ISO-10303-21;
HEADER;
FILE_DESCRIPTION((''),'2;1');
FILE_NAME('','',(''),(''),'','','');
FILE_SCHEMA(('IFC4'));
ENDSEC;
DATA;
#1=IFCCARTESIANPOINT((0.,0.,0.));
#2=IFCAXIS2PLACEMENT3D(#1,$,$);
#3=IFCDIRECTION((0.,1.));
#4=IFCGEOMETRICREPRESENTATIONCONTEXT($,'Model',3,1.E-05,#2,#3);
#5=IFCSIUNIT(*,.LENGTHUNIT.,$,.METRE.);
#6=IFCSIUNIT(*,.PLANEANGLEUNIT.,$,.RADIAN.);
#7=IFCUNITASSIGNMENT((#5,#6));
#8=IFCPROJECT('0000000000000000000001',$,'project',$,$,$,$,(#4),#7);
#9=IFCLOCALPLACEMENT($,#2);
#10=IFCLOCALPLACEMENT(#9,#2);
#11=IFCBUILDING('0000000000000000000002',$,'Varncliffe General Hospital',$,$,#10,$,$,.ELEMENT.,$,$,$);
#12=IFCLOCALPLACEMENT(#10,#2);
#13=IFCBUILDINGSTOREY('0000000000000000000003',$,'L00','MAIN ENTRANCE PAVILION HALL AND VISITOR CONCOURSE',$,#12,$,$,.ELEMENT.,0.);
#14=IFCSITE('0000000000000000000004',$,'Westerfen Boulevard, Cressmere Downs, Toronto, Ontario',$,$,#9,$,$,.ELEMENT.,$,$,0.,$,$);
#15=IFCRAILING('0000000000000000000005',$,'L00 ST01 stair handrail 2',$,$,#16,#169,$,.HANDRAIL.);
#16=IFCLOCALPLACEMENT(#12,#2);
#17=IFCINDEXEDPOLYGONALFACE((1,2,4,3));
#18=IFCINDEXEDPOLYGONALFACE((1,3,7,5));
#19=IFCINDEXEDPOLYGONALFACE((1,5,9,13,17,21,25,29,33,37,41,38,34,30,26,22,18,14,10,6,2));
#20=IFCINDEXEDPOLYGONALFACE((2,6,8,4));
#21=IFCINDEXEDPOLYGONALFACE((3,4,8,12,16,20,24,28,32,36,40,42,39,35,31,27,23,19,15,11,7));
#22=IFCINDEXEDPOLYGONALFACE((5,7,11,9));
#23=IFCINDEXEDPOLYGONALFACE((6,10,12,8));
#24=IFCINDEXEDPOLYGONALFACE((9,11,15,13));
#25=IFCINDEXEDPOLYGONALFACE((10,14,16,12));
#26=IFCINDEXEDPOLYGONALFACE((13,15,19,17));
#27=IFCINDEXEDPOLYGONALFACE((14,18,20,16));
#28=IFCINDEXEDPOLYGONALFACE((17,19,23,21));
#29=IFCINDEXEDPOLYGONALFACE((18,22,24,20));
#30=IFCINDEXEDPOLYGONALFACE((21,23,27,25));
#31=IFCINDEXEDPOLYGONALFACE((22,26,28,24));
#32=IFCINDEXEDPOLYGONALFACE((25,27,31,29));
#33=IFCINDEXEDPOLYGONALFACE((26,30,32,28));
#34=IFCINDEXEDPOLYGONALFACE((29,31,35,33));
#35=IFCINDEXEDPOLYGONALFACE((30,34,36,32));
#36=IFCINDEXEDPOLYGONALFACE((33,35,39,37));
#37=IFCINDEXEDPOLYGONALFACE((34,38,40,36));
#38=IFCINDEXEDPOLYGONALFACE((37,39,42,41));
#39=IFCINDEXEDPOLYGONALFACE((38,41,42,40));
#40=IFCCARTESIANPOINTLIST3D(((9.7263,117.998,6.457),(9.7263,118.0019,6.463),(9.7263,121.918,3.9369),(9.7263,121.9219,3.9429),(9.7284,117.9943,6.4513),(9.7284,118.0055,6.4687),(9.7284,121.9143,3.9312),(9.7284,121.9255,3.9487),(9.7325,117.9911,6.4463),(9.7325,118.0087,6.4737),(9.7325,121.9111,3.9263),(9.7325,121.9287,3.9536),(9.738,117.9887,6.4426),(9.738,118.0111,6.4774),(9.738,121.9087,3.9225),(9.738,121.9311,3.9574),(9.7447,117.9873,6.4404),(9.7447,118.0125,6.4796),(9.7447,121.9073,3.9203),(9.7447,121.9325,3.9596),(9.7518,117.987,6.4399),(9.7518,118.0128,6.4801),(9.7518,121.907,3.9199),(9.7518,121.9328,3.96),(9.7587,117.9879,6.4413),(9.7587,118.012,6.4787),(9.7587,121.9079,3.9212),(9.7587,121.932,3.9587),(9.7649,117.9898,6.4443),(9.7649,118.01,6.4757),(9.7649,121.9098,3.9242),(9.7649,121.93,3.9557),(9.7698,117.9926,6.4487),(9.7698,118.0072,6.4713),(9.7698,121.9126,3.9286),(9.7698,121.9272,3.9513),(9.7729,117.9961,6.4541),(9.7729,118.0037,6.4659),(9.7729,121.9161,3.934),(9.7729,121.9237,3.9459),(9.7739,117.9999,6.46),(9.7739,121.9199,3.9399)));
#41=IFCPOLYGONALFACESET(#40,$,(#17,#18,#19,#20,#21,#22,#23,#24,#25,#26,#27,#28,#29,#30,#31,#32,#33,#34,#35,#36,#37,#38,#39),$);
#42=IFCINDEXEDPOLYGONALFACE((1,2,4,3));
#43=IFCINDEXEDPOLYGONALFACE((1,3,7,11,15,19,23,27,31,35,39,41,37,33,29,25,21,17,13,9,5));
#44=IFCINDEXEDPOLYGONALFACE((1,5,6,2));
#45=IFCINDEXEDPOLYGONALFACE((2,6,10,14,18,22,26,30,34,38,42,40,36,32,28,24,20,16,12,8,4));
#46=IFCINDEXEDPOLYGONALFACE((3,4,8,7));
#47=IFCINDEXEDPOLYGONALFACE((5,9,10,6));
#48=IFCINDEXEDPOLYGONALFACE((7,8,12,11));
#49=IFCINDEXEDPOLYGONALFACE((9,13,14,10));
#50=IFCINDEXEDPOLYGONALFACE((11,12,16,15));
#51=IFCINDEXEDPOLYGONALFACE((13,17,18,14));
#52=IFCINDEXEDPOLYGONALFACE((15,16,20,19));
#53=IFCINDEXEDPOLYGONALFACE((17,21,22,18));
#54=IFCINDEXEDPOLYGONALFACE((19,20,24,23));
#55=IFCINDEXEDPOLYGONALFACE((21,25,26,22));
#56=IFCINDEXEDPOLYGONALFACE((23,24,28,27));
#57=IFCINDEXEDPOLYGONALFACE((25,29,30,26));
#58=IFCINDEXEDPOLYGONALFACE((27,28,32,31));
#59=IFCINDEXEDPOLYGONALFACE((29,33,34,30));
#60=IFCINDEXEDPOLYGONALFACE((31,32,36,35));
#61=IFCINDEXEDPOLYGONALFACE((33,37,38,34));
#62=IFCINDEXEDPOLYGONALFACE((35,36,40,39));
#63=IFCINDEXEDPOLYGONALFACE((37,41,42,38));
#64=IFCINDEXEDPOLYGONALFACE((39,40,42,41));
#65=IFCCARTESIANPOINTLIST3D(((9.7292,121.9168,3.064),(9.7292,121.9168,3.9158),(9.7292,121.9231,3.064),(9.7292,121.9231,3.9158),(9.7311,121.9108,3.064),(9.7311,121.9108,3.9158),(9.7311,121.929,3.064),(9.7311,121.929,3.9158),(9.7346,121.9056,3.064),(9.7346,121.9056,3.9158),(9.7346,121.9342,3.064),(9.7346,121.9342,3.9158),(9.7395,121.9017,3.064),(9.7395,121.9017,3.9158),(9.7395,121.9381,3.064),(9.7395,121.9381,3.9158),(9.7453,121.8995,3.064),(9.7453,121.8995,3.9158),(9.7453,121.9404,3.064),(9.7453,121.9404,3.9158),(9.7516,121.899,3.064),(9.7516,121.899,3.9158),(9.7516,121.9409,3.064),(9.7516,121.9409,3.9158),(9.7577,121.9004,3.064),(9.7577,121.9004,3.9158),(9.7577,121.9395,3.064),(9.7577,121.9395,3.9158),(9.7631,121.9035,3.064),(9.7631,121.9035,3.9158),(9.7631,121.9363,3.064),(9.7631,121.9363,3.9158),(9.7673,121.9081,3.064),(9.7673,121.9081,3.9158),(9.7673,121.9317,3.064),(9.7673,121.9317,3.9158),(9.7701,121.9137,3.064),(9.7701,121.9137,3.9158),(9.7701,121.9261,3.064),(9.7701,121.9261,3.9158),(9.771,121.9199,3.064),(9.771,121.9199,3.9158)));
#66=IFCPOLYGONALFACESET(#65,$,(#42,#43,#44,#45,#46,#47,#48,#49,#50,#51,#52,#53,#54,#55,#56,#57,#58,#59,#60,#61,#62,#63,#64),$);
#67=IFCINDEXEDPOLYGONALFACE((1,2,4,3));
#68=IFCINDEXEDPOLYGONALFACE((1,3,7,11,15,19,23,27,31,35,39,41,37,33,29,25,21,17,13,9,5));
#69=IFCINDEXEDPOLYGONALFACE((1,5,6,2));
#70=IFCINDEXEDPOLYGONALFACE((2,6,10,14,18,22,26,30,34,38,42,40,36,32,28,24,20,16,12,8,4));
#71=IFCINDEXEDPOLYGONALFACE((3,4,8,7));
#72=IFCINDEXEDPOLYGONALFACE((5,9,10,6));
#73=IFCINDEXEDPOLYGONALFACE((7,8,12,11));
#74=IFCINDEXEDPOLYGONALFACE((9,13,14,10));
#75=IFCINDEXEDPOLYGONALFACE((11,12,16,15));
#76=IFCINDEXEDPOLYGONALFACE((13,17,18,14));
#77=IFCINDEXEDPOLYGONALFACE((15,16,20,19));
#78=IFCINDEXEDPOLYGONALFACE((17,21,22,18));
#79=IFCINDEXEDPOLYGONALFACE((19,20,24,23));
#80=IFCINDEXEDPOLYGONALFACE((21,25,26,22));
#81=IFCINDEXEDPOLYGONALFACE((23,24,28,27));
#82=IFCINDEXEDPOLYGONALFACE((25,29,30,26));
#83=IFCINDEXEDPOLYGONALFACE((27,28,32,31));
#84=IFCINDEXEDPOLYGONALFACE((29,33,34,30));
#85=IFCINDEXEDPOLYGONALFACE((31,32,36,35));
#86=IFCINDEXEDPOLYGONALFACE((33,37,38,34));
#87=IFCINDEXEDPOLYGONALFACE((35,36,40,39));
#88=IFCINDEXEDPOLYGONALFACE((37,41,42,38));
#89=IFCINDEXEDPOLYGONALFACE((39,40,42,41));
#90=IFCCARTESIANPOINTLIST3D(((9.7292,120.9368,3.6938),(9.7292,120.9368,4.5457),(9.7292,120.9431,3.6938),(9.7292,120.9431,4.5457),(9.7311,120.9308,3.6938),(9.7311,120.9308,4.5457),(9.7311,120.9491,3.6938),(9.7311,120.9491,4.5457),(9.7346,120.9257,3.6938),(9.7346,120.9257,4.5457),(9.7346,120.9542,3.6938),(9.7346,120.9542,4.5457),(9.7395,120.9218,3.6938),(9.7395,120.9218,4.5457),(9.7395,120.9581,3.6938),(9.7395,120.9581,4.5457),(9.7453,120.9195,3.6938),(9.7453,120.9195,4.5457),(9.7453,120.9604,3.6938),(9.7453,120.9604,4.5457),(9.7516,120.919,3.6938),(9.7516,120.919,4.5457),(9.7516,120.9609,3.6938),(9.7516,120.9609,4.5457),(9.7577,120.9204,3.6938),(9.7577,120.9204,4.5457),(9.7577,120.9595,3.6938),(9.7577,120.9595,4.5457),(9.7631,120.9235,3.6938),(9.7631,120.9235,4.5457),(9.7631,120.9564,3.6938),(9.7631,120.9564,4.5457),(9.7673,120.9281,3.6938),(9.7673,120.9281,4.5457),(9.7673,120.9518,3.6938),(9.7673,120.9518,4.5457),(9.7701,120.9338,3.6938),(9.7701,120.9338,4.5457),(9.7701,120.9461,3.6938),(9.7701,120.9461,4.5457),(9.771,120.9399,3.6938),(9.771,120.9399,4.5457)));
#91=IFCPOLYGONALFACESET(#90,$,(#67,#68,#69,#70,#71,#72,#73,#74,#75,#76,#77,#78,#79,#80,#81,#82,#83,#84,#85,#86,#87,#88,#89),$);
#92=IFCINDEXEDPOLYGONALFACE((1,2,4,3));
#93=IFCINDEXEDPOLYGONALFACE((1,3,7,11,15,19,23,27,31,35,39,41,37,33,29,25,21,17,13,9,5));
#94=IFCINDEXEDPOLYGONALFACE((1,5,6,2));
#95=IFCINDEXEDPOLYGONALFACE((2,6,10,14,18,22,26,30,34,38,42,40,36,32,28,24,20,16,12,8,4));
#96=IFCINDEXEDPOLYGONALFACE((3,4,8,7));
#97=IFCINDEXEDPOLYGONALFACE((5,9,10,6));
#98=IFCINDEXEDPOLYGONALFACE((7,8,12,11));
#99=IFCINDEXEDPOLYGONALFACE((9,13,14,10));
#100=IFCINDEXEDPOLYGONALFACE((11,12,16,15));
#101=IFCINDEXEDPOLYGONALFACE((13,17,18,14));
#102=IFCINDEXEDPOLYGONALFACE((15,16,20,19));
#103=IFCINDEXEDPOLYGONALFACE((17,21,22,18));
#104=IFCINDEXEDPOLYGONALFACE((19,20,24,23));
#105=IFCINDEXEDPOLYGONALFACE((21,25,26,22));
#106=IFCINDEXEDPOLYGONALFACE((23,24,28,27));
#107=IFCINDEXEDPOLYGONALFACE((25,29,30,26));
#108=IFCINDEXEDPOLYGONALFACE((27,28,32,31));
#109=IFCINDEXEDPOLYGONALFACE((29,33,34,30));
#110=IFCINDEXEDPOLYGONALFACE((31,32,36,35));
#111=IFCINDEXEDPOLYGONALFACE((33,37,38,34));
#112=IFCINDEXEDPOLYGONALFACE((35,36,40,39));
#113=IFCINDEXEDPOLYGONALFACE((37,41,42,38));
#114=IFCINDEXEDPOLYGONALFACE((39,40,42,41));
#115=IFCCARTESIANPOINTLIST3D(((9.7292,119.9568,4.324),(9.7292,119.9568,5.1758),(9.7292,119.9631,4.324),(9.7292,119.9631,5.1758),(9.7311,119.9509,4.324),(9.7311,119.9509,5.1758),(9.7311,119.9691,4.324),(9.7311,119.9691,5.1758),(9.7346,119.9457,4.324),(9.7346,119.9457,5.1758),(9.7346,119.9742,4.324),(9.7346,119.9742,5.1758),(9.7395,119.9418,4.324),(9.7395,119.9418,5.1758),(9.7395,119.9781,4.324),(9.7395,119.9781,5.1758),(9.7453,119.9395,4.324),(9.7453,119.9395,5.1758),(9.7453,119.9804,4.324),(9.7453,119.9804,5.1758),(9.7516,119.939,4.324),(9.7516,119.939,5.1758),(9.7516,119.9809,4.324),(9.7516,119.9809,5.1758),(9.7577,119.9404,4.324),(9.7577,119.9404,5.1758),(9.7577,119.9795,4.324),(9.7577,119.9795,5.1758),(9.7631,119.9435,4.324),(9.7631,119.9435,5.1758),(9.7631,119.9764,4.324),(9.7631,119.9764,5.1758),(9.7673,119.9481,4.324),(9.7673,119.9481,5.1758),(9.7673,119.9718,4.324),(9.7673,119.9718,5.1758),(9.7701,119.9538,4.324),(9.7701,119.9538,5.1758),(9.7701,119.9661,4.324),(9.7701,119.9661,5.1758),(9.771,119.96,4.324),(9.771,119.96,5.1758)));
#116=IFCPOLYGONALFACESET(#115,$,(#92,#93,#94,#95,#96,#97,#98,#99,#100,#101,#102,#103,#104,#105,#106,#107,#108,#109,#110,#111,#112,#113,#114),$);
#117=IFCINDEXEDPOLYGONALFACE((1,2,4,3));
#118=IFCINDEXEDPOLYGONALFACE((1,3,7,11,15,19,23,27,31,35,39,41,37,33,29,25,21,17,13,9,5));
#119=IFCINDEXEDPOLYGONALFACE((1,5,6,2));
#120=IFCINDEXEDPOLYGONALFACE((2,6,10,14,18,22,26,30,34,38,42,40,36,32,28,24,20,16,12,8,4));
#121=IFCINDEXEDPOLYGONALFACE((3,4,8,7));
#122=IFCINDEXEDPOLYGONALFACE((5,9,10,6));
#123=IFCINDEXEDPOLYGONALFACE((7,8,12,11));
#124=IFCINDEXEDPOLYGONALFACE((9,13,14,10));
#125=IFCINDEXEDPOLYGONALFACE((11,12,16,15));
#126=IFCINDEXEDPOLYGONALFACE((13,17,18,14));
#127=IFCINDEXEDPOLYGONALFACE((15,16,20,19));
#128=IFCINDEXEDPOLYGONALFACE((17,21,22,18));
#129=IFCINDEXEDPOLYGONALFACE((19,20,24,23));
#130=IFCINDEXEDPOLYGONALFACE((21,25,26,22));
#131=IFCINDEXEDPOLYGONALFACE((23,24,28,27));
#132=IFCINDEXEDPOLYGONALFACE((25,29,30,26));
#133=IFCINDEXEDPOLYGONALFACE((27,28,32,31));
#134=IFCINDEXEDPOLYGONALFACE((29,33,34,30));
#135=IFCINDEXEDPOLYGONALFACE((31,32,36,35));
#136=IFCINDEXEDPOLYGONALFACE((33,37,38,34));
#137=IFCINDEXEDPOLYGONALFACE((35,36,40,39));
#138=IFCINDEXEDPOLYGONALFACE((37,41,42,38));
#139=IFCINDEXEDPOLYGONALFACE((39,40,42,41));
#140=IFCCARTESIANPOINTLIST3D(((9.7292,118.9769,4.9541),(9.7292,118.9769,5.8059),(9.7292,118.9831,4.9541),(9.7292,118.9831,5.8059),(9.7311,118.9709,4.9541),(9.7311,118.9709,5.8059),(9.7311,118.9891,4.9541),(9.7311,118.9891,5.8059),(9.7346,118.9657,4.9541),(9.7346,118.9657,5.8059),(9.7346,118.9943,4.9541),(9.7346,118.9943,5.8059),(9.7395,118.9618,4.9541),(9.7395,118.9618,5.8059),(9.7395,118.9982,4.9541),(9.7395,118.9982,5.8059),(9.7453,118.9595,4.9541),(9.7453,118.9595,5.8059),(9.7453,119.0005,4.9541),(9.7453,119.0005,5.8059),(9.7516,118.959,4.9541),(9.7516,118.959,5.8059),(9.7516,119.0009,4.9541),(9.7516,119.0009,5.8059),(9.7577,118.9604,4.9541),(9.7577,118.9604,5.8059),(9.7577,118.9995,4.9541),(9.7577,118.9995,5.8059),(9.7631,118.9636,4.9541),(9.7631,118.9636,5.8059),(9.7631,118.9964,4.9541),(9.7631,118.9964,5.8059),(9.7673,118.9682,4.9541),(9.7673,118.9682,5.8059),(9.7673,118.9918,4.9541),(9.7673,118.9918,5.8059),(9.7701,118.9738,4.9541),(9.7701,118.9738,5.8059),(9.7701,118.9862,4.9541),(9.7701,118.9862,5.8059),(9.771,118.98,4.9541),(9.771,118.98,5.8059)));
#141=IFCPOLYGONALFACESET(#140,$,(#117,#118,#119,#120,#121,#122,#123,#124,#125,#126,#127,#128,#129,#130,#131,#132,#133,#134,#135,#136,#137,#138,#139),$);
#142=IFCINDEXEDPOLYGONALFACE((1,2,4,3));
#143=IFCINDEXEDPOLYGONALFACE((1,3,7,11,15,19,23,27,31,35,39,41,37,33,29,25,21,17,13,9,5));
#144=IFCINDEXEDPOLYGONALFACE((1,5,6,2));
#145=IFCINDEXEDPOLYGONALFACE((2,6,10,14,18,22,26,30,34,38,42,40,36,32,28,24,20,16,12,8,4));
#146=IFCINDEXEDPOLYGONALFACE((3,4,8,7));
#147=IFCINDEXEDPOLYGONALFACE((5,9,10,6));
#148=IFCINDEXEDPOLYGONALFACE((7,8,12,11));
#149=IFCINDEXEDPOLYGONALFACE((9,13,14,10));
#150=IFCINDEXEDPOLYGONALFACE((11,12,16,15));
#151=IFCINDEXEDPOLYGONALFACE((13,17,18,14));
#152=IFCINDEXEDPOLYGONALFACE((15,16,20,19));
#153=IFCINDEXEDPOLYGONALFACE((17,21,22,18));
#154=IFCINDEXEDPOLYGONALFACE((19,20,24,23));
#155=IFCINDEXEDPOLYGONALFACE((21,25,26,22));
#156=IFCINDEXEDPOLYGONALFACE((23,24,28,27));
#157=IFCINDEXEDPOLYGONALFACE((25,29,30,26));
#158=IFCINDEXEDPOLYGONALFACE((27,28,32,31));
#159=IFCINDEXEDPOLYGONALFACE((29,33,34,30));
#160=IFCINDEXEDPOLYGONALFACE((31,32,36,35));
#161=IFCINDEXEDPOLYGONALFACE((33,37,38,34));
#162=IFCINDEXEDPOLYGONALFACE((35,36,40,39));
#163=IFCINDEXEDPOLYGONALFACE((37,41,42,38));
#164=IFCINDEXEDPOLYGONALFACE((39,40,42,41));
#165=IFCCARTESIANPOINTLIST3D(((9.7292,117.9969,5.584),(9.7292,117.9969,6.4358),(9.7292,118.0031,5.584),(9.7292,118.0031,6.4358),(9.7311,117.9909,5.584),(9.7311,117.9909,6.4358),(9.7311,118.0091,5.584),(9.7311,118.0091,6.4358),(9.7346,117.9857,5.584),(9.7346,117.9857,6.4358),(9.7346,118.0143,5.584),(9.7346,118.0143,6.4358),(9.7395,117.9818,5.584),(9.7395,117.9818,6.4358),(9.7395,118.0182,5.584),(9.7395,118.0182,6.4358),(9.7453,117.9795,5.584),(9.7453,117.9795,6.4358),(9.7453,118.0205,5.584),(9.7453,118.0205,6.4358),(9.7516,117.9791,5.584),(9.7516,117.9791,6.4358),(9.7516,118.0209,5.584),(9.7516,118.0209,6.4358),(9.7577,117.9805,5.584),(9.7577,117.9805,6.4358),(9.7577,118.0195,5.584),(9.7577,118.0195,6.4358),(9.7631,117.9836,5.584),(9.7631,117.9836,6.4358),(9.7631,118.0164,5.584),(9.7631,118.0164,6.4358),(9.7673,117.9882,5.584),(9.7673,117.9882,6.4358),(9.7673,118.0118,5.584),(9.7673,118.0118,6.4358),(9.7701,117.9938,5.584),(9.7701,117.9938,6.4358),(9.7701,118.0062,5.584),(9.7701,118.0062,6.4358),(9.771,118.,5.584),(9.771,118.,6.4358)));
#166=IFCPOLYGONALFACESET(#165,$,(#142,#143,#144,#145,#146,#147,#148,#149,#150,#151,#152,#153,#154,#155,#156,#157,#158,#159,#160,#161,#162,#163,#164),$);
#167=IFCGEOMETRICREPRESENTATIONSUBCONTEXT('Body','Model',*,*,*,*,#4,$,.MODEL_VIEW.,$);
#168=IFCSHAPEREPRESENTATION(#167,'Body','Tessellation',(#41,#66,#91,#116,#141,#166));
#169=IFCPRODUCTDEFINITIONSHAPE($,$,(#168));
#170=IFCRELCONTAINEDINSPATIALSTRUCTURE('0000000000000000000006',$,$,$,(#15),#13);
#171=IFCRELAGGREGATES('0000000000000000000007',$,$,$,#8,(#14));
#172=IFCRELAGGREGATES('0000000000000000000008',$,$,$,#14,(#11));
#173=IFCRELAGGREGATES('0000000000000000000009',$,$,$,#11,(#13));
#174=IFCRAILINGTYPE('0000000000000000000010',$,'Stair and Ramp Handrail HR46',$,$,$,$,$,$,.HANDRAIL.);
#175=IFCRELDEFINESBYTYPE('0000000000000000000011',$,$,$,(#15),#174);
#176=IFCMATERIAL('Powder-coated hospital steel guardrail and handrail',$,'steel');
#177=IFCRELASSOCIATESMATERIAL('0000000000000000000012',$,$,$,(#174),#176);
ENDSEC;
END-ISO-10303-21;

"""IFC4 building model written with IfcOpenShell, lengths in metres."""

from ifc_helpers import new_model, si_unit, direction, frame, origin, origin_2d, place, context, subcontext, project, spatial, circle, extrude, material, type_object, element, save


model = new_model("IFC4")

# Units and contexts
model_context = context("Model", 3, precision=1e-05, world=origin(), true_north=direction((0.0, 1.0)))
body_context = subcontext(model_context, "Body", "Model", "MODEL_VIEW")
ifc_project = project(units=[si_unit("LENGTHUNIT", "METRE"), si_unit("PLANEANGLEUNIT", "RADIAN")], contexts=[model_context])

# Site, building, storey
site_placement = place(None, origin())
site = spatial("IfcSite", under=ifc_project, at=site_placement, Name="Westerfen Boulevard, Cressmere Downs, Toronto, Ontario", CompositionType="ELEMENT", RefElevation=0.0)
building_placement = place(site_placement, origin())
building = spatial("IfcBuilding", under=site, at=building_placement, Name="Varncliffe General Hospital", CompositionType="ELEMENT")
storey_placement = place(building_placement, origin())
storey = spatial("IfcBuildingStorey", under=building, at=storey_placement, Name="L00", Description="MAIN ENTRANCE PAVILION HALL AND VISITOR CONCOURSE", CompositionType="ELEMENT", Elevation=0.0)

# Railing
ifc_material_1 = material(Name="Powder-coated hospital steel guardrail and handrail", Category="steel")
railing_type_1 = type_object("IfcRailingType", Name="Stair and Ramp Handrail HR46", PredefinedType="HANDRAIL", material=ifc_material_1)
railing_1_placement = place(storey_placement, frame((9.75, 121.9199, 3.064)))
element("IfcRailing", 1, at=railing_1_placement, inside=storey, type_object=railing_type_1, Name="L00 ST01 stair handrail 2", PredefinedType="HANDRAIL", context=body_context, shape_type="SweptSolid", body=[
    extrude(circle(Radius=0.0239, at=origin_2d()), frame((0.0, 0.0, 0.876), z_axis=(0.0, -0.841172, 0.540768), x_axis=(1.0, 0.0, 0.0)), (0.0, 0.0, 1.0), 4.6602),
    extrude(circle(Radius=0.021, at=origin_2d()), origin(), (0.0, 0.0, 1.0), 0.8518),
    extrude(circle(Radius=0.021, at=origin_2d()), frame((0.0, -0.98, 0.6299)), (0.0, 0.0, 1.0), 0.8518),
    extrude(circle(Radius=0.021, at=origin_2d()), frame((0.0, -1.96, 1.26)), (0.0, 0.0, 1.0), 0.8518),
    extrude(circle(Radius=0.021, at=origin_2d()), frame((0.0, -2.9399, 1.8901)), (0.0, 0.0, 1.0), 0.8518),
    extrude(circle(Radius=0.021, at=origin_2d()), frame((0.0, -3.9199, 2.52)), (0.0, 0.0, 1.0), 0.8518),
])

save(model, "model.ifc")
